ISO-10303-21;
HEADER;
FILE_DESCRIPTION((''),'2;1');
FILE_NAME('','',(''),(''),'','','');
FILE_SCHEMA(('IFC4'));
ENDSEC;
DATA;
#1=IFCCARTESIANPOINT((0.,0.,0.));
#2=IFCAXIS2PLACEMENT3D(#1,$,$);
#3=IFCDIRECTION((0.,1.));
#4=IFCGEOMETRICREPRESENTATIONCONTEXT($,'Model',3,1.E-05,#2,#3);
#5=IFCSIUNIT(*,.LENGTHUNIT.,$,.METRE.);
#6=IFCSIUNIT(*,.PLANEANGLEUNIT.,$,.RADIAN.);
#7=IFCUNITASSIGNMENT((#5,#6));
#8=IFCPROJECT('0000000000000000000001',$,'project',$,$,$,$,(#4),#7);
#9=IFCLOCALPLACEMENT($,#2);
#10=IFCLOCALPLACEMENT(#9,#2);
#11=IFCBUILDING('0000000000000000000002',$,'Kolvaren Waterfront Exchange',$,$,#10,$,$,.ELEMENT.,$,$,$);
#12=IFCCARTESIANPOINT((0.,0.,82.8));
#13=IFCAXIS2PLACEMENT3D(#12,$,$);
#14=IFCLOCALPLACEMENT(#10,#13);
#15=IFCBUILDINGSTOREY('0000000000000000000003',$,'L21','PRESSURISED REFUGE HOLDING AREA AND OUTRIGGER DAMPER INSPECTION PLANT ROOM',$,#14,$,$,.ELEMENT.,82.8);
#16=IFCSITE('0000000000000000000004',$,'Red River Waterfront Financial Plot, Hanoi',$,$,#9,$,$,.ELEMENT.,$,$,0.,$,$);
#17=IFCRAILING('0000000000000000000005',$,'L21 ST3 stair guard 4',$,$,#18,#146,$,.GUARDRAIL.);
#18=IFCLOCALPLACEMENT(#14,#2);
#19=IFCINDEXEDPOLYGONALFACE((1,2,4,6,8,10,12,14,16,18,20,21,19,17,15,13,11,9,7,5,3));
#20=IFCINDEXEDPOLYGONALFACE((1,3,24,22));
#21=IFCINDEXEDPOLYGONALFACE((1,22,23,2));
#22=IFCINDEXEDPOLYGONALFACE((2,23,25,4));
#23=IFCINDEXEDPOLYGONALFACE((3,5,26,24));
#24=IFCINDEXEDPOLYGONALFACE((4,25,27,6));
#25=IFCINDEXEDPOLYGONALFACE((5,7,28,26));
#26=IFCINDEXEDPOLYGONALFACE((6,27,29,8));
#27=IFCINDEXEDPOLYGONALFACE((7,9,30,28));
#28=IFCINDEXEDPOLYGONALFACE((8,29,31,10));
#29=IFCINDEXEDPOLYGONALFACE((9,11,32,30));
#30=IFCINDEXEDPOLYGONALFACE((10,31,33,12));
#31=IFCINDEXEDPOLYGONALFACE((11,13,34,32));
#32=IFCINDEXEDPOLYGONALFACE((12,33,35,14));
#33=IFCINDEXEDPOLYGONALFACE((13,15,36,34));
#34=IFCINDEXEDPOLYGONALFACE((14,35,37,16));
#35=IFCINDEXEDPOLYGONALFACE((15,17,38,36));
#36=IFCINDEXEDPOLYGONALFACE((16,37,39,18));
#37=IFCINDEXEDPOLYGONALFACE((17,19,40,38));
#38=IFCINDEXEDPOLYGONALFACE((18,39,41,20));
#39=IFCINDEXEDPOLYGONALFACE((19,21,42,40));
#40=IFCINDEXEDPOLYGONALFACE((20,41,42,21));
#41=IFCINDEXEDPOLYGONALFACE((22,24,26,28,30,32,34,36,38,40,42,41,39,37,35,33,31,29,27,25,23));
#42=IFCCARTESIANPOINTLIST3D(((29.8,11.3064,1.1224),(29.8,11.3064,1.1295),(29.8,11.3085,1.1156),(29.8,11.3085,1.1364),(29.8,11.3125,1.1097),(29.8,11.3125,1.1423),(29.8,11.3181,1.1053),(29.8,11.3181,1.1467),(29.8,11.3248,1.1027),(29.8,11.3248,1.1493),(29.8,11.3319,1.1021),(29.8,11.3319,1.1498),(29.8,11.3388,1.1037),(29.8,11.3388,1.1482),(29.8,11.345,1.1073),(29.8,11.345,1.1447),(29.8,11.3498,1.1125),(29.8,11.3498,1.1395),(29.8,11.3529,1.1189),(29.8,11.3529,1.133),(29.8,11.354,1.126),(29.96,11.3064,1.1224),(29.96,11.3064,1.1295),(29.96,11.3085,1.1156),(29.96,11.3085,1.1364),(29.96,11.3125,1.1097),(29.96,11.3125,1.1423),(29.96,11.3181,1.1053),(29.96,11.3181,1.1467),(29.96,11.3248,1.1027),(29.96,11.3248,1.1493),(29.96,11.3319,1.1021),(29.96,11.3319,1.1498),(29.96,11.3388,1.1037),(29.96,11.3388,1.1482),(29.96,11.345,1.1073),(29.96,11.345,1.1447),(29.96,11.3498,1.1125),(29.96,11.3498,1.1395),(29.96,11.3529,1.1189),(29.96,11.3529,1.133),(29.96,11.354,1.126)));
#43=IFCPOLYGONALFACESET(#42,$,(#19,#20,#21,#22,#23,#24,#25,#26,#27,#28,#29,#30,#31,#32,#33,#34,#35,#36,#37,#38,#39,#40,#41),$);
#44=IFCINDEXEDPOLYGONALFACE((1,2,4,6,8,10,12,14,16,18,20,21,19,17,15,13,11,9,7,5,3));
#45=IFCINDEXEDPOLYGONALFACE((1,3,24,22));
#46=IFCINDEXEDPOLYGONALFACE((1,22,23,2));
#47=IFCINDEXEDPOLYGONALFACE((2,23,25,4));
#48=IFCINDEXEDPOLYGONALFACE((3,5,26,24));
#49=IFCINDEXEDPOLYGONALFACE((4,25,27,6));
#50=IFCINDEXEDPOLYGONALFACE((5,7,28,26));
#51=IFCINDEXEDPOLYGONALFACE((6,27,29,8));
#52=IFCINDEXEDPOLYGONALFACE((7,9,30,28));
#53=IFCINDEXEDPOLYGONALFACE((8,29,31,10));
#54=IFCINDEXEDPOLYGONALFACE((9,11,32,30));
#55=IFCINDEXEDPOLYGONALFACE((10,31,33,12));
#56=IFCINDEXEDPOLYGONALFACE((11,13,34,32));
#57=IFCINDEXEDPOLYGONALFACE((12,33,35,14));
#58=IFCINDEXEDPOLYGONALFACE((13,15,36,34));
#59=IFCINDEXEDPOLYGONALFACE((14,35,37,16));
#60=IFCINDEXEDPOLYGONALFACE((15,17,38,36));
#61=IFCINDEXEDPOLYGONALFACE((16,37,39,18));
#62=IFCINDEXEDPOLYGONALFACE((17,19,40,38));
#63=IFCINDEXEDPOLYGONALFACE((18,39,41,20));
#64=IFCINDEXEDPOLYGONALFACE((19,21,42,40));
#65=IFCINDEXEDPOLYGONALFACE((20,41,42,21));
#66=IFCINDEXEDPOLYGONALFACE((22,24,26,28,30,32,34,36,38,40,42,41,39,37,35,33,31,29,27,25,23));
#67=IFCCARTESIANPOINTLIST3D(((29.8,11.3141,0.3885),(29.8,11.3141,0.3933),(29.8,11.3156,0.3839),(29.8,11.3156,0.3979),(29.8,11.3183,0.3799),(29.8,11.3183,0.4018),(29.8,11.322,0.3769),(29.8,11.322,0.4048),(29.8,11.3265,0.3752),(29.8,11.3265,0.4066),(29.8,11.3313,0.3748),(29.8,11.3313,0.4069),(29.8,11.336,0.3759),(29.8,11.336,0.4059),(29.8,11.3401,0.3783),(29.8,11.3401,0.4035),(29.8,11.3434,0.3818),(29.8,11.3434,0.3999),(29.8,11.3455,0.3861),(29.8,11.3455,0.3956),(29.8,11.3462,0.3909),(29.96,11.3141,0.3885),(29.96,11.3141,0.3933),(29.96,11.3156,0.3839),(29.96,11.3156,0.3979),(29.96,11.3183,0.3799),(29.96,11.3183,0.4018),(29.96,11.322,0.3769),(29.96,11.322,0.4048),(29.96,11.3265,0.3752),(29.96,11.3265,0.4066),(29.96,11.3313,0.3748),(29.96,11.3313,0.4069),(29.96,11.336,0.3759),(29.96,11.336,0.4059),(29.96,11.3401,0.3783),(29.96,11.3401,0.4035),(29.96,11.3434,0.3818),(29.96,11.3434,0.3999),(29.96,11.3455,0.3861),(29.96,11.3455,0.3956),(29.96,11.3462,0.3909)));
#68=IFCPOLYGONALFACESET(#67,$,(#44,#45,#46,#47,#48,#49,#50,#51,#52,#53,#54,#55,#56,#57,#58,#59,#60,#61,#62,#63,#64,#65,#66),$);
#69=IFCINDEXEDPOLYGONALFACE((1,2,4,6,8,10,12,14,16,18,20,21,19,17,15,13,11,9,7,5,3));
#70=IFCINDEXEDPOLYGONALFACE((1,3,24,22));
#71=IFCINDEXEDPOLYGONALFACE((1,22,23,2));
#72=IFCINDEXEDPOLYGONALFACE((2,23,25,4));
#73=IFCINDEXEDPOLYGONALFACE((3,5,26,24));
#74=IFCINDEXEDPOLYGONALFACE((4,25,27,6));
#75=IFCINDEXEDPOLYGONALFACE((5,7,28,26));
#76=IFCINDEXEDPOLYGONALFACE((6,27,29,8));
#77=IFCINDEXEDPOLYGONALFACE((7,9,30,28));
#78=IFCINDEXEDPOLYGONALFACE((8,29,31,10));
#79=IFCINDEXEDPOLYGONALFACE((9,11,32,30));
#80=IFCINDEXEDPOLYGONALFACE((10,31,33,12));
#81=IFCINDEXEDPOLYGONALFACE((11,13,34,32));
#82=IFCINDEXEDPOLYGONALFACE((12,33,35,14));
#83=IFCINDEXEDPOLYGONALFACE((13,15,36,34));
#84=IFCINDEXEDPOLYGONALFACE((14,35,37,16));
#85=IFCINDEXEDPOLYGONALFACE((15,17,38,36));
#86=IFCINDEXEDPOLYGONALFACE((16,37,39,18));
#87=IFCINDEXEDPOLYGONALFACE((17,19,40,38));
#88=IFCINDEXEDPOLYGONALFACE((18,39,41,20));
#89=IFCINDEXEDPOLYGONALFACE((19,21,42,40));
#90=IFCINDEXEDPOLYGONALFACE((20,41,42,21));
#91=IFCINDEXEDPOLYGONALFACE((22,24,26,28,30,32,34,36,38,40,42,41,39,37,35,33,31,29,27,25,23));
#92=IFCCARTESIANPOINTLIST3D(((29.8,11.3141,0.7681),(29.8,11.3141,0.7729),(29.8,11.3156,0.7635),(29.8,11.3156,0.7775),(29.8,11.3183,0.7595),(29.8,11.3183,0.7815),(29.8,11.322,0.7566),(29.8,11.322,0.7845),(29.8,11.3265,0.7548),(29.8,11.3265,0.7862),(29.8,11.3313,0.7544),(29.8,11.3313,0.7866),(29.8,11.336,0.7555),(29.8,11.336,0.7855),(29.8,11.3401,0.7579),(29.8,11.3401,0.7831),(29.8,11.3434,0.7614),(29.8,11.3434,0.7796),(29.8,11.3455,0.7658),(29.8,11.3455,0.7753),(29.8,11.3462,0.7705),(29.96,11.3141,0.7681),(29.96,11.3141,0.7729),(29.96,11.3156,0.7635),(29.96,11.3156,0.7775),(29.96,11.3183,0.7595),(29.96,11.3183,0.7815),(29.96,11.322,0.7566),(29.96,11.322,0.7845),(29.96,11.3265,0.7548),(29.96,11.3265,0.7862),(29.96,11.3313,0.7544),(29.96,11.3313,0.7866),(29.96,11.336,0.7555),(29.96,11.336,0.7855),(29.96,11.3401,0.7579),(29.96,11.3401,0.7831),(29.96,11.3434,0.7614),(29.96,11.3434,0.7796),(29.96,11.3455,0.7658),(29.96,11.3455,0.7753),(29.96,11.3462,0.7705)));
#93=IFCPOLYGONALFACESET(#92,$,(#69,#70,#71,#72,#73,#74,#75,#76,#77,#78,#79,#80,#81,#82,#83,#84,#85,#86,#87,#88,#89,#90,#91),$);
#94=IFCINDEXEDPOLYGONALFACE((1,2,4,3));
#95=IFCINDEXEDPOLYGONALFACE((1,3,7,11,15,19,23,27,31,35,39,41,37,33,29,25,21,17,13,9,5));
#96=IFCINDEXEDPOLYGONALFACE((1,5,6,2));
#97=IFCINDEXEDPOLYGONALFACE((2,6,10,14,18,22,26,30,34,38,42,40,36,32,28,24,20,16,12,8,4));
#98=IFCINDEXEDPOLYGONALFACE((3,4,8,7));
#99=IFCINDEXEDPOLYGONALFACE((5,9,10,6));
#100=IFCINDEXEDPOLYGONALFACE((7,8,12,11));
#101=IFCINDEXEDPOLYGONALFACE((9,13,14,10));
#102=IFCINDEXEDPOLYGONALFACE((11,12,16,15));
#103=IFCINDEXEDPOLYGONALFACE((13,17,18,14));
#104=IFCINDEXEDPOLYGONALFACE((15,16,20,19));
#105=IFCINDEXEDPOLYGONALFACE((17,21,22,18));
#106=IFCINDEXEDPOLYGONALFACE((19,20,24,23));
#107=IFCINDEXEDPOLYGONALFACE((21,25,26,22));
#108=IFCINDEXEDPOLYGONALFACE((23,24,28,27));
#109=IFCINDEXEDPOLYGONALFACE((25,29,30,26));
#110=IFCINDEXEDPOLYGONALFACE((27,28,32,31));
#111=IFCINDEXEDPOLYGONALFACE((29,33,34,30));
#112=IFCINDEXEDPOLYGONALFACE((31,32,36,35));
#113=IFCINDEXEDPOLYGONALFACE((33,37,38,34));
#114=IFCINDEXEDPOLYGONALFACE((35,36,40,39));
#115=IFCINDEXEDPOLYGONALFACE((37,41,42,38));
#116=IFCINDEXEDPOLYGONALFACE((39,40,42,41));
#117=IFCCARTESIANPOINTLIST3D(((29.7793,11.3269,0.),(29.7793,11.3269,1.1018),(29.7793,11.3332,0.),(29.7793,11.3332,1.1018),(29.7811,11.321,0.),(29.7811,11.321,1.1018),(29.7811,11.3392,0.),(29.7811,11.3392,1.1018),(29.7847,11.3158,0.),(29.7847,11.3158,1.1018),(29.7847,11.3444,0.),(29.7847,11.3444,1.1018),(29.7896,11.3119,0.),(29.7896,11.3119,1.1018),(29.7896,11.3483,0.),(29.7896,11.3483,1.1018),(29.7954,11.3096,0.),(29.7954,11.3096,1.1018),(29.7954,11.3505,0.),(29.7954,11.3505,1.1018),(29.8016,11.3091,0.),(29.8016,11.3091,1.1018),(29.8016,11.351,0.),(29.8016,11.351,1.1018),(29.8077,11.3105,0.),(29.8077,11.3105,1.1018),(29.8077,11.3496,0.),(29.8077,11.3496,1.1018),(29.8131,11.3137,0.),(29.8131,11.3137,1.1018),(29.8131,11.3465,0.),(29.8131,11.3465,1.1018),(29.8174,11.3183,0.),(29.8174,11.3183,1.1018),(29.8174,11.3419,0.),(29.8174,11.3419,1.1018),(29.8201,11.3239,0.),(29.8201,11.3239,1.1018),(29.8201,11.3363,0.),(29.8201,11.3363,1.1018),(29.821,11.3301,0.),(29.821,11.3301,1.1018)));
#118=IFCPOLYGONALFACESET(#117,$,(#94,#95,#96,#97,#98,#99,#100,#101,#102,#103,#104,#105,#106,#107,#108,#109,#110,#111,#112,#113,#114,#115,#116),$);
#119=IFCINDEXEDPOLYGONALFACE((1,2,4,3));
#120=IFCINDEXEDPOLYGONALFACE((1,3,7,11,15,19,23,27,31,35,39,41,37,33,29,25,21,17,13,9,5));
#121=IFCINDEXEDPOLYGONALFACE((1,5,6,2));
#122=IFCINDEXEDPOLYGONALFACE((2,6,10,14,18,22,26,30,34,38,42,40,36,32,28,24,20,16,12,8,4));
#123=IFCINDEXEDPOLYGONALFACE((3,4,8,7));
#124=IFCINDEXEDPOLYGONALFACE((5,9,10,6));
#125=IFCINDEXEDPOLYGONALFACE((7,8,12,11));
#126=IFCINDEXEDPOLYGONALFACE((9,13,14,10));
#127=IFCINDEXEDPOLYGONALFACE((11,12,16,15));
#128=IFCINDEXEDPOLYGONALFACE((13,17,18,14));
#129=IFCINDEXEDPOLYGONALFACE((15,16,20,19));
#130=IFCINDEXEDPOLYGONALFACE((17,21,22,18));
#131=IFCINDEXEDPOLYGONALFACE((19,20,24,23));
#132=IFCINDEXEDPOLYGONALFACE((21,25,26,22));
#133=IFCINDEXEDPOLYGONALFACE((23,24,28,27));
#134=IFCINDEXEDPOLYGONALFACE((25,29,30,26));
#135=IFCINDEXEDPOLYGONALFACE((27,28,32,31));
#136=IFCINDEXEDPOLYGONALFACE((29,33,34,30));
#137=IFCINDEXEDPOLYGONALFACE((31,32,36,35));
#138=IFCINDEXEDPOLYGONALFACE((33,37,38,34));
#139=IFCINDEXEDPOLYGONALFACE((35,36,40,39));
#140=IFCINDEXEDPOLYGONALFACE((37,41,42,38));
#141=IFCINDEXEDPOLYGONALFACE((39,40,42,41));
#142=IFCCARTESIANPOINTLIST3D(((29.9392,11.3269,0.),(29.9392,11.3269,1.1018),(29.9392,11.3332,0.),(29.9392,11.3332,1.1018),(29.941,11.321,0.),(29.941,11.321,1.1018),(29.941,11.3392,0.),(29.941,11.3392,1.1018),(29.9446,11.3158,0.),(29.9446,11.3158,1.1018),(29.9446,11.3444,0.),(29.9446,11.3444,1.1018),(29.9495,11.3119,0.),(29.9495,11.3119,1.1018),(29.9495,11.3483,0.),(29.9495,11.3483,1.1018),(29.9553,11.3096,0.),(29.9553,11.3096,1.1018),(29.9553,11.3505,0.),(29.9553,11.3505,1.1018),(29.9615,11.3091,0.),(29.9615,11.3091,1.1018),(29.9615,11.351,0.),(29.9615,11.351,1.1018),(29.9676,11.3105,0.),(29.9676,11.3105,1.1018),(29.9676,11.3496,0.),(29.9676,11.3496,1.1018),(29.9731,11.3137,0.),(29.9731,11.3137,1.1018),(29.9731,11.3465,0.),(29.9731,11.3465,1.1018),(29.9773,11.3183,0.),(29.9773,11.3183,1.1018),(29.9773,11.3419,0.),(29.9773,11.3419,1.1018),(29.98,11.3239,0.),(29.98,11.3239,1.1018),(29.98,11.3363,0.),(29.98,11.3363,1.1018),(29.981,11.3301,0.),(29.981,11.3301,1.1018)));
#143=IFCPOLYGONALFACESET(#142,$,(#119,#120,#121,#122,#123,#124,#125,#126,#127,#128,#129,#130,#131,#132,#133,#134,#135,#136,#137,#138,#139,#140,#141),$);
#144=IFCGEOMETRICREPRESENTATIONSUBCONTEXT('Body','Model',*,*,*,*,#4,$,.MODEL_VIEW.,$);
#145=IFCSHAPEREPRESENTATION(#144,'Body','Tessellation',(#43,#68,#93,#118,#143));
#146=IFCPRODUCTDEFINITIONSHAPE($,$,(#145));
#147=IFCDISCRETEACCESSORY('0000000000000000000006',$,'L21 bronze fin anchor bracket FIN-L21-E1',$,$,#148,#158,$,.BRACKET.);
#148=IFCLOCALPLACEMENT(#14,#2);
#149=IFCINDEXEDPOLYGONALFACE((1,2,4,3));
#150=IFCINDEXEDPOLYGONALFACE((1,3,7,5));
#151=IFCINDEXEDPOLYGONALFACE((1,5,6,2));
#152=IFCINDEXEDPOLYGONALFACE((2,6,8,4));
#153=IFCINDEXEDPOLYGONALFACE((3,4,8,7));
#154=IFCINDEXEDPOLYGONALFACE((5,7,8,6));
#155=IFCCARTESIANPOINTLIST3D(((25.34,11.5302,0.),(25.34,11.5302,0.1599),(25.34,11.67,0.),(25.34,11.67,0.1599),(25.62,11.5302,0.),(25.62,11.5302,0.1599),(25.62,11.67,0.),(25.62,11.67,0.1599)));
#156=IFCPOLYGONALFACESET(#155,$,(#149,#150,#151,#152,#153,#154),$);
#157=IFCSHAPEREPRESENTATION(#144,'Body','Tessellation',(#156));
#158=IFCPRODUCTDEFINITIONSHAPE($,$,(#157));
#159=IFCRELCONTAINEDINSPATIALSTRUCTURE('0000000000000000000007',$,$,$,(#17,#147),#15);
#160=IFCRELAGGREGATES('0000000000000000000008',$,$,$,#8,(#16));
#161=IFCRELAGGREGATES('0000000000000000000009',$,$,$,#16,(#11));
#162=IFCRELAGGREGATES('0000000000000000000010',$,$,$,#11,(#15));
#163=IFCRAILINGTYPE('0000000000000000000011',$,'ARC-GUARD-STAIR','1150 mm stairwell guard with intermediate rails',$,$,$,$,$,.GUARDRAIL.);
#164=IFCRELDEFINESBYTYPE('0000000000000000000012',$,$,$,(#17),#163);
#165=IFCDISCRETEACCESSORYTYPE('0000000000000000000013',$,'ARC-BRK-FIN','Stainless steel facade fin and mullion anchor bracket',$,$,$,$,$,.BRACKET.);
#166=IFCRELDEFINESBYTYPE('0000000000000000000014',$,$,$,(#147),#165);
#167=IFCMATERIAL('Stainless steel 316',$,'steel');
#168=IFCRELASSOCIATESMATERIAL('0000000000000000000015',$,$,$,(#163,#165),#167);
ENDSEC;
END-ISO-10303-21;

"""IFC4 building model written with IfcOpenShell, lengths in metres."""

from ifc_helpers import new_model, si_unit, direction, frame, origin, origin_with_axes, origin_2d, place, context, subcontext, project, spatial, rectangle, circle, extrude, source, transform, mapped, material, type_object, element, save


model = new_model("IFC4")

# Units and contexts
model_context = context("Model", 3, precision=1e-05, world=origin(), true_north=direction((0.0, 1.0)))
body_context = subcontext(model_context, "Body", "Model", "MODEL_VIEW")
ifc_project = project(units=[si_unit("LENGTHUNIT", "METRE"), si_unit("PLANEANGLEUNIT", "RADIAN")], contexts=[model_context])

# Site, building, storey
site_placement = place(None, origin())
site = spatial("IfcSite", under=ifc_project, at=site_placement, Name="Red River Waterfront Financial Plot, Hanoi", CompositionType="ELEMENT", RefElevation=0.0)
building_placement = place(site_placement, origin())
building = spatial("IfcBuilding", under=site, at=building_placement, Name="Kolvaren Waterfront Exchange", CompositionType="ELEMENT")
storey_placement = place(building_placement, frame((0.0, 0.0, 82.8)))
storey = spatial("IfcBuildingStorey", under=building, at=storey_placement, Name="L21", Description="PRESSURISED REFUGE HOLDING AREA AND OUTRIGGER DAMPER INSPECTION PLANT ROOM", CompositionType="ELEMENT", Elevation=82.8)

# Railing
ifc_material_1 = material(Name="Stainless steel 316", Category="steel")
railing_type_1 = type_object("IfcRailingType", Name="ARC-GUARD-STAIR", Description="1150 mm stairwell guard with intermediate rails", PredefinedType="GUARDRAIL", material=ifc_material_1)
railing_1_placement = place(storey_placement, frame((29.8, 11.3301, 0.0)))
element("IfcRailing", 1, at=railing_1_placement, inside=storey, type_object=railing_type_1, Name="L21 ST3 stair guard 4", PredefinedType="GUARDRAIL", context=body_context, shape_type="SweptSolid", body=[
    extrude(circle(Radius=0.0239, at=origin_2d()), frame((0.0, 0.0, 1.126), z_axis=(1.0, 0.0, 0.0), x_axis=(0.0, 1.0, 0.0)), (0.0, 0.0, 1.0), 0.1599),
    extrude(circle(Radius=0.0161, at=origin_2d()), frame((0.0, 0.0, 0.3909), z_axis=(1.0, 0.0, 0.0), x_axis=(0.0, 1.0, 0.0)), (0.0, 0.0, 1.0), 0.1599),
    extrude(circle(Radius=0.0161, at=origin_2d()), frame((0.0, 0.0, 0.7705), z_axis=(1.0, 0.0, 0.0), x_axis=(0.0, 1.0, 0.0)), (0.0, 0.0, 1.0), 0.1599),
    extrude(circle(Radius=0.021, at=origin_2d()), origin(), (0.0, 0.0, 1.0), 1.1018),
    extrude(circle(Radius=0.021, at=origin_2d()), frame((0.1599, 0.0, 0.0)), (0.0, 0.0, 1.0), 1.1018),
])

# Discrete accessory
discrete_accessory_type = type_object("IfcDiscreteAccessoryType", Name="ARC-BRK-FIN", Description="Stainless steel facade fin and mullion anchor bracket", PredefinedType="BRACKET", material=ifc_material_1)
shared_shape_1 = source(origin_with_axes(), body_context, "Body", "SweptSolid", [
    extrude(rectangle(XDim=0.28, YDim=0.1399, at=origin_2d()), origin(), (0.0, 0.0, 1.0), 0.1599),
])
discrete_accessory_placement = place(storey_placement, frame((25.48, 11.6001, 0.0), z_axis=(0.0, 0.0, 1.0), x_axis=(1.0, 0.0, 0.0)))
element("IfcDiscreteAccessory", 2, at=discrete_accessory_placement, inside=storey, type_object=discrete_accessory_type, Name="L21 bronze fin anchor bracket FIN-L21-E1", PredefinedType="BRACKET", context=body_context, shape_type="MappedRepresentation", body=[
    mapped(shared_shape_1, transform((0.0, 0.0, 0.0), x_axis=(1.0, 0.0, 0.0), y_axis=(0.0, 1.0, 0.0), z_axis=(0.0, 0.0, 1.0), scale=1.0)),
])

save(model, "model.ifc")
